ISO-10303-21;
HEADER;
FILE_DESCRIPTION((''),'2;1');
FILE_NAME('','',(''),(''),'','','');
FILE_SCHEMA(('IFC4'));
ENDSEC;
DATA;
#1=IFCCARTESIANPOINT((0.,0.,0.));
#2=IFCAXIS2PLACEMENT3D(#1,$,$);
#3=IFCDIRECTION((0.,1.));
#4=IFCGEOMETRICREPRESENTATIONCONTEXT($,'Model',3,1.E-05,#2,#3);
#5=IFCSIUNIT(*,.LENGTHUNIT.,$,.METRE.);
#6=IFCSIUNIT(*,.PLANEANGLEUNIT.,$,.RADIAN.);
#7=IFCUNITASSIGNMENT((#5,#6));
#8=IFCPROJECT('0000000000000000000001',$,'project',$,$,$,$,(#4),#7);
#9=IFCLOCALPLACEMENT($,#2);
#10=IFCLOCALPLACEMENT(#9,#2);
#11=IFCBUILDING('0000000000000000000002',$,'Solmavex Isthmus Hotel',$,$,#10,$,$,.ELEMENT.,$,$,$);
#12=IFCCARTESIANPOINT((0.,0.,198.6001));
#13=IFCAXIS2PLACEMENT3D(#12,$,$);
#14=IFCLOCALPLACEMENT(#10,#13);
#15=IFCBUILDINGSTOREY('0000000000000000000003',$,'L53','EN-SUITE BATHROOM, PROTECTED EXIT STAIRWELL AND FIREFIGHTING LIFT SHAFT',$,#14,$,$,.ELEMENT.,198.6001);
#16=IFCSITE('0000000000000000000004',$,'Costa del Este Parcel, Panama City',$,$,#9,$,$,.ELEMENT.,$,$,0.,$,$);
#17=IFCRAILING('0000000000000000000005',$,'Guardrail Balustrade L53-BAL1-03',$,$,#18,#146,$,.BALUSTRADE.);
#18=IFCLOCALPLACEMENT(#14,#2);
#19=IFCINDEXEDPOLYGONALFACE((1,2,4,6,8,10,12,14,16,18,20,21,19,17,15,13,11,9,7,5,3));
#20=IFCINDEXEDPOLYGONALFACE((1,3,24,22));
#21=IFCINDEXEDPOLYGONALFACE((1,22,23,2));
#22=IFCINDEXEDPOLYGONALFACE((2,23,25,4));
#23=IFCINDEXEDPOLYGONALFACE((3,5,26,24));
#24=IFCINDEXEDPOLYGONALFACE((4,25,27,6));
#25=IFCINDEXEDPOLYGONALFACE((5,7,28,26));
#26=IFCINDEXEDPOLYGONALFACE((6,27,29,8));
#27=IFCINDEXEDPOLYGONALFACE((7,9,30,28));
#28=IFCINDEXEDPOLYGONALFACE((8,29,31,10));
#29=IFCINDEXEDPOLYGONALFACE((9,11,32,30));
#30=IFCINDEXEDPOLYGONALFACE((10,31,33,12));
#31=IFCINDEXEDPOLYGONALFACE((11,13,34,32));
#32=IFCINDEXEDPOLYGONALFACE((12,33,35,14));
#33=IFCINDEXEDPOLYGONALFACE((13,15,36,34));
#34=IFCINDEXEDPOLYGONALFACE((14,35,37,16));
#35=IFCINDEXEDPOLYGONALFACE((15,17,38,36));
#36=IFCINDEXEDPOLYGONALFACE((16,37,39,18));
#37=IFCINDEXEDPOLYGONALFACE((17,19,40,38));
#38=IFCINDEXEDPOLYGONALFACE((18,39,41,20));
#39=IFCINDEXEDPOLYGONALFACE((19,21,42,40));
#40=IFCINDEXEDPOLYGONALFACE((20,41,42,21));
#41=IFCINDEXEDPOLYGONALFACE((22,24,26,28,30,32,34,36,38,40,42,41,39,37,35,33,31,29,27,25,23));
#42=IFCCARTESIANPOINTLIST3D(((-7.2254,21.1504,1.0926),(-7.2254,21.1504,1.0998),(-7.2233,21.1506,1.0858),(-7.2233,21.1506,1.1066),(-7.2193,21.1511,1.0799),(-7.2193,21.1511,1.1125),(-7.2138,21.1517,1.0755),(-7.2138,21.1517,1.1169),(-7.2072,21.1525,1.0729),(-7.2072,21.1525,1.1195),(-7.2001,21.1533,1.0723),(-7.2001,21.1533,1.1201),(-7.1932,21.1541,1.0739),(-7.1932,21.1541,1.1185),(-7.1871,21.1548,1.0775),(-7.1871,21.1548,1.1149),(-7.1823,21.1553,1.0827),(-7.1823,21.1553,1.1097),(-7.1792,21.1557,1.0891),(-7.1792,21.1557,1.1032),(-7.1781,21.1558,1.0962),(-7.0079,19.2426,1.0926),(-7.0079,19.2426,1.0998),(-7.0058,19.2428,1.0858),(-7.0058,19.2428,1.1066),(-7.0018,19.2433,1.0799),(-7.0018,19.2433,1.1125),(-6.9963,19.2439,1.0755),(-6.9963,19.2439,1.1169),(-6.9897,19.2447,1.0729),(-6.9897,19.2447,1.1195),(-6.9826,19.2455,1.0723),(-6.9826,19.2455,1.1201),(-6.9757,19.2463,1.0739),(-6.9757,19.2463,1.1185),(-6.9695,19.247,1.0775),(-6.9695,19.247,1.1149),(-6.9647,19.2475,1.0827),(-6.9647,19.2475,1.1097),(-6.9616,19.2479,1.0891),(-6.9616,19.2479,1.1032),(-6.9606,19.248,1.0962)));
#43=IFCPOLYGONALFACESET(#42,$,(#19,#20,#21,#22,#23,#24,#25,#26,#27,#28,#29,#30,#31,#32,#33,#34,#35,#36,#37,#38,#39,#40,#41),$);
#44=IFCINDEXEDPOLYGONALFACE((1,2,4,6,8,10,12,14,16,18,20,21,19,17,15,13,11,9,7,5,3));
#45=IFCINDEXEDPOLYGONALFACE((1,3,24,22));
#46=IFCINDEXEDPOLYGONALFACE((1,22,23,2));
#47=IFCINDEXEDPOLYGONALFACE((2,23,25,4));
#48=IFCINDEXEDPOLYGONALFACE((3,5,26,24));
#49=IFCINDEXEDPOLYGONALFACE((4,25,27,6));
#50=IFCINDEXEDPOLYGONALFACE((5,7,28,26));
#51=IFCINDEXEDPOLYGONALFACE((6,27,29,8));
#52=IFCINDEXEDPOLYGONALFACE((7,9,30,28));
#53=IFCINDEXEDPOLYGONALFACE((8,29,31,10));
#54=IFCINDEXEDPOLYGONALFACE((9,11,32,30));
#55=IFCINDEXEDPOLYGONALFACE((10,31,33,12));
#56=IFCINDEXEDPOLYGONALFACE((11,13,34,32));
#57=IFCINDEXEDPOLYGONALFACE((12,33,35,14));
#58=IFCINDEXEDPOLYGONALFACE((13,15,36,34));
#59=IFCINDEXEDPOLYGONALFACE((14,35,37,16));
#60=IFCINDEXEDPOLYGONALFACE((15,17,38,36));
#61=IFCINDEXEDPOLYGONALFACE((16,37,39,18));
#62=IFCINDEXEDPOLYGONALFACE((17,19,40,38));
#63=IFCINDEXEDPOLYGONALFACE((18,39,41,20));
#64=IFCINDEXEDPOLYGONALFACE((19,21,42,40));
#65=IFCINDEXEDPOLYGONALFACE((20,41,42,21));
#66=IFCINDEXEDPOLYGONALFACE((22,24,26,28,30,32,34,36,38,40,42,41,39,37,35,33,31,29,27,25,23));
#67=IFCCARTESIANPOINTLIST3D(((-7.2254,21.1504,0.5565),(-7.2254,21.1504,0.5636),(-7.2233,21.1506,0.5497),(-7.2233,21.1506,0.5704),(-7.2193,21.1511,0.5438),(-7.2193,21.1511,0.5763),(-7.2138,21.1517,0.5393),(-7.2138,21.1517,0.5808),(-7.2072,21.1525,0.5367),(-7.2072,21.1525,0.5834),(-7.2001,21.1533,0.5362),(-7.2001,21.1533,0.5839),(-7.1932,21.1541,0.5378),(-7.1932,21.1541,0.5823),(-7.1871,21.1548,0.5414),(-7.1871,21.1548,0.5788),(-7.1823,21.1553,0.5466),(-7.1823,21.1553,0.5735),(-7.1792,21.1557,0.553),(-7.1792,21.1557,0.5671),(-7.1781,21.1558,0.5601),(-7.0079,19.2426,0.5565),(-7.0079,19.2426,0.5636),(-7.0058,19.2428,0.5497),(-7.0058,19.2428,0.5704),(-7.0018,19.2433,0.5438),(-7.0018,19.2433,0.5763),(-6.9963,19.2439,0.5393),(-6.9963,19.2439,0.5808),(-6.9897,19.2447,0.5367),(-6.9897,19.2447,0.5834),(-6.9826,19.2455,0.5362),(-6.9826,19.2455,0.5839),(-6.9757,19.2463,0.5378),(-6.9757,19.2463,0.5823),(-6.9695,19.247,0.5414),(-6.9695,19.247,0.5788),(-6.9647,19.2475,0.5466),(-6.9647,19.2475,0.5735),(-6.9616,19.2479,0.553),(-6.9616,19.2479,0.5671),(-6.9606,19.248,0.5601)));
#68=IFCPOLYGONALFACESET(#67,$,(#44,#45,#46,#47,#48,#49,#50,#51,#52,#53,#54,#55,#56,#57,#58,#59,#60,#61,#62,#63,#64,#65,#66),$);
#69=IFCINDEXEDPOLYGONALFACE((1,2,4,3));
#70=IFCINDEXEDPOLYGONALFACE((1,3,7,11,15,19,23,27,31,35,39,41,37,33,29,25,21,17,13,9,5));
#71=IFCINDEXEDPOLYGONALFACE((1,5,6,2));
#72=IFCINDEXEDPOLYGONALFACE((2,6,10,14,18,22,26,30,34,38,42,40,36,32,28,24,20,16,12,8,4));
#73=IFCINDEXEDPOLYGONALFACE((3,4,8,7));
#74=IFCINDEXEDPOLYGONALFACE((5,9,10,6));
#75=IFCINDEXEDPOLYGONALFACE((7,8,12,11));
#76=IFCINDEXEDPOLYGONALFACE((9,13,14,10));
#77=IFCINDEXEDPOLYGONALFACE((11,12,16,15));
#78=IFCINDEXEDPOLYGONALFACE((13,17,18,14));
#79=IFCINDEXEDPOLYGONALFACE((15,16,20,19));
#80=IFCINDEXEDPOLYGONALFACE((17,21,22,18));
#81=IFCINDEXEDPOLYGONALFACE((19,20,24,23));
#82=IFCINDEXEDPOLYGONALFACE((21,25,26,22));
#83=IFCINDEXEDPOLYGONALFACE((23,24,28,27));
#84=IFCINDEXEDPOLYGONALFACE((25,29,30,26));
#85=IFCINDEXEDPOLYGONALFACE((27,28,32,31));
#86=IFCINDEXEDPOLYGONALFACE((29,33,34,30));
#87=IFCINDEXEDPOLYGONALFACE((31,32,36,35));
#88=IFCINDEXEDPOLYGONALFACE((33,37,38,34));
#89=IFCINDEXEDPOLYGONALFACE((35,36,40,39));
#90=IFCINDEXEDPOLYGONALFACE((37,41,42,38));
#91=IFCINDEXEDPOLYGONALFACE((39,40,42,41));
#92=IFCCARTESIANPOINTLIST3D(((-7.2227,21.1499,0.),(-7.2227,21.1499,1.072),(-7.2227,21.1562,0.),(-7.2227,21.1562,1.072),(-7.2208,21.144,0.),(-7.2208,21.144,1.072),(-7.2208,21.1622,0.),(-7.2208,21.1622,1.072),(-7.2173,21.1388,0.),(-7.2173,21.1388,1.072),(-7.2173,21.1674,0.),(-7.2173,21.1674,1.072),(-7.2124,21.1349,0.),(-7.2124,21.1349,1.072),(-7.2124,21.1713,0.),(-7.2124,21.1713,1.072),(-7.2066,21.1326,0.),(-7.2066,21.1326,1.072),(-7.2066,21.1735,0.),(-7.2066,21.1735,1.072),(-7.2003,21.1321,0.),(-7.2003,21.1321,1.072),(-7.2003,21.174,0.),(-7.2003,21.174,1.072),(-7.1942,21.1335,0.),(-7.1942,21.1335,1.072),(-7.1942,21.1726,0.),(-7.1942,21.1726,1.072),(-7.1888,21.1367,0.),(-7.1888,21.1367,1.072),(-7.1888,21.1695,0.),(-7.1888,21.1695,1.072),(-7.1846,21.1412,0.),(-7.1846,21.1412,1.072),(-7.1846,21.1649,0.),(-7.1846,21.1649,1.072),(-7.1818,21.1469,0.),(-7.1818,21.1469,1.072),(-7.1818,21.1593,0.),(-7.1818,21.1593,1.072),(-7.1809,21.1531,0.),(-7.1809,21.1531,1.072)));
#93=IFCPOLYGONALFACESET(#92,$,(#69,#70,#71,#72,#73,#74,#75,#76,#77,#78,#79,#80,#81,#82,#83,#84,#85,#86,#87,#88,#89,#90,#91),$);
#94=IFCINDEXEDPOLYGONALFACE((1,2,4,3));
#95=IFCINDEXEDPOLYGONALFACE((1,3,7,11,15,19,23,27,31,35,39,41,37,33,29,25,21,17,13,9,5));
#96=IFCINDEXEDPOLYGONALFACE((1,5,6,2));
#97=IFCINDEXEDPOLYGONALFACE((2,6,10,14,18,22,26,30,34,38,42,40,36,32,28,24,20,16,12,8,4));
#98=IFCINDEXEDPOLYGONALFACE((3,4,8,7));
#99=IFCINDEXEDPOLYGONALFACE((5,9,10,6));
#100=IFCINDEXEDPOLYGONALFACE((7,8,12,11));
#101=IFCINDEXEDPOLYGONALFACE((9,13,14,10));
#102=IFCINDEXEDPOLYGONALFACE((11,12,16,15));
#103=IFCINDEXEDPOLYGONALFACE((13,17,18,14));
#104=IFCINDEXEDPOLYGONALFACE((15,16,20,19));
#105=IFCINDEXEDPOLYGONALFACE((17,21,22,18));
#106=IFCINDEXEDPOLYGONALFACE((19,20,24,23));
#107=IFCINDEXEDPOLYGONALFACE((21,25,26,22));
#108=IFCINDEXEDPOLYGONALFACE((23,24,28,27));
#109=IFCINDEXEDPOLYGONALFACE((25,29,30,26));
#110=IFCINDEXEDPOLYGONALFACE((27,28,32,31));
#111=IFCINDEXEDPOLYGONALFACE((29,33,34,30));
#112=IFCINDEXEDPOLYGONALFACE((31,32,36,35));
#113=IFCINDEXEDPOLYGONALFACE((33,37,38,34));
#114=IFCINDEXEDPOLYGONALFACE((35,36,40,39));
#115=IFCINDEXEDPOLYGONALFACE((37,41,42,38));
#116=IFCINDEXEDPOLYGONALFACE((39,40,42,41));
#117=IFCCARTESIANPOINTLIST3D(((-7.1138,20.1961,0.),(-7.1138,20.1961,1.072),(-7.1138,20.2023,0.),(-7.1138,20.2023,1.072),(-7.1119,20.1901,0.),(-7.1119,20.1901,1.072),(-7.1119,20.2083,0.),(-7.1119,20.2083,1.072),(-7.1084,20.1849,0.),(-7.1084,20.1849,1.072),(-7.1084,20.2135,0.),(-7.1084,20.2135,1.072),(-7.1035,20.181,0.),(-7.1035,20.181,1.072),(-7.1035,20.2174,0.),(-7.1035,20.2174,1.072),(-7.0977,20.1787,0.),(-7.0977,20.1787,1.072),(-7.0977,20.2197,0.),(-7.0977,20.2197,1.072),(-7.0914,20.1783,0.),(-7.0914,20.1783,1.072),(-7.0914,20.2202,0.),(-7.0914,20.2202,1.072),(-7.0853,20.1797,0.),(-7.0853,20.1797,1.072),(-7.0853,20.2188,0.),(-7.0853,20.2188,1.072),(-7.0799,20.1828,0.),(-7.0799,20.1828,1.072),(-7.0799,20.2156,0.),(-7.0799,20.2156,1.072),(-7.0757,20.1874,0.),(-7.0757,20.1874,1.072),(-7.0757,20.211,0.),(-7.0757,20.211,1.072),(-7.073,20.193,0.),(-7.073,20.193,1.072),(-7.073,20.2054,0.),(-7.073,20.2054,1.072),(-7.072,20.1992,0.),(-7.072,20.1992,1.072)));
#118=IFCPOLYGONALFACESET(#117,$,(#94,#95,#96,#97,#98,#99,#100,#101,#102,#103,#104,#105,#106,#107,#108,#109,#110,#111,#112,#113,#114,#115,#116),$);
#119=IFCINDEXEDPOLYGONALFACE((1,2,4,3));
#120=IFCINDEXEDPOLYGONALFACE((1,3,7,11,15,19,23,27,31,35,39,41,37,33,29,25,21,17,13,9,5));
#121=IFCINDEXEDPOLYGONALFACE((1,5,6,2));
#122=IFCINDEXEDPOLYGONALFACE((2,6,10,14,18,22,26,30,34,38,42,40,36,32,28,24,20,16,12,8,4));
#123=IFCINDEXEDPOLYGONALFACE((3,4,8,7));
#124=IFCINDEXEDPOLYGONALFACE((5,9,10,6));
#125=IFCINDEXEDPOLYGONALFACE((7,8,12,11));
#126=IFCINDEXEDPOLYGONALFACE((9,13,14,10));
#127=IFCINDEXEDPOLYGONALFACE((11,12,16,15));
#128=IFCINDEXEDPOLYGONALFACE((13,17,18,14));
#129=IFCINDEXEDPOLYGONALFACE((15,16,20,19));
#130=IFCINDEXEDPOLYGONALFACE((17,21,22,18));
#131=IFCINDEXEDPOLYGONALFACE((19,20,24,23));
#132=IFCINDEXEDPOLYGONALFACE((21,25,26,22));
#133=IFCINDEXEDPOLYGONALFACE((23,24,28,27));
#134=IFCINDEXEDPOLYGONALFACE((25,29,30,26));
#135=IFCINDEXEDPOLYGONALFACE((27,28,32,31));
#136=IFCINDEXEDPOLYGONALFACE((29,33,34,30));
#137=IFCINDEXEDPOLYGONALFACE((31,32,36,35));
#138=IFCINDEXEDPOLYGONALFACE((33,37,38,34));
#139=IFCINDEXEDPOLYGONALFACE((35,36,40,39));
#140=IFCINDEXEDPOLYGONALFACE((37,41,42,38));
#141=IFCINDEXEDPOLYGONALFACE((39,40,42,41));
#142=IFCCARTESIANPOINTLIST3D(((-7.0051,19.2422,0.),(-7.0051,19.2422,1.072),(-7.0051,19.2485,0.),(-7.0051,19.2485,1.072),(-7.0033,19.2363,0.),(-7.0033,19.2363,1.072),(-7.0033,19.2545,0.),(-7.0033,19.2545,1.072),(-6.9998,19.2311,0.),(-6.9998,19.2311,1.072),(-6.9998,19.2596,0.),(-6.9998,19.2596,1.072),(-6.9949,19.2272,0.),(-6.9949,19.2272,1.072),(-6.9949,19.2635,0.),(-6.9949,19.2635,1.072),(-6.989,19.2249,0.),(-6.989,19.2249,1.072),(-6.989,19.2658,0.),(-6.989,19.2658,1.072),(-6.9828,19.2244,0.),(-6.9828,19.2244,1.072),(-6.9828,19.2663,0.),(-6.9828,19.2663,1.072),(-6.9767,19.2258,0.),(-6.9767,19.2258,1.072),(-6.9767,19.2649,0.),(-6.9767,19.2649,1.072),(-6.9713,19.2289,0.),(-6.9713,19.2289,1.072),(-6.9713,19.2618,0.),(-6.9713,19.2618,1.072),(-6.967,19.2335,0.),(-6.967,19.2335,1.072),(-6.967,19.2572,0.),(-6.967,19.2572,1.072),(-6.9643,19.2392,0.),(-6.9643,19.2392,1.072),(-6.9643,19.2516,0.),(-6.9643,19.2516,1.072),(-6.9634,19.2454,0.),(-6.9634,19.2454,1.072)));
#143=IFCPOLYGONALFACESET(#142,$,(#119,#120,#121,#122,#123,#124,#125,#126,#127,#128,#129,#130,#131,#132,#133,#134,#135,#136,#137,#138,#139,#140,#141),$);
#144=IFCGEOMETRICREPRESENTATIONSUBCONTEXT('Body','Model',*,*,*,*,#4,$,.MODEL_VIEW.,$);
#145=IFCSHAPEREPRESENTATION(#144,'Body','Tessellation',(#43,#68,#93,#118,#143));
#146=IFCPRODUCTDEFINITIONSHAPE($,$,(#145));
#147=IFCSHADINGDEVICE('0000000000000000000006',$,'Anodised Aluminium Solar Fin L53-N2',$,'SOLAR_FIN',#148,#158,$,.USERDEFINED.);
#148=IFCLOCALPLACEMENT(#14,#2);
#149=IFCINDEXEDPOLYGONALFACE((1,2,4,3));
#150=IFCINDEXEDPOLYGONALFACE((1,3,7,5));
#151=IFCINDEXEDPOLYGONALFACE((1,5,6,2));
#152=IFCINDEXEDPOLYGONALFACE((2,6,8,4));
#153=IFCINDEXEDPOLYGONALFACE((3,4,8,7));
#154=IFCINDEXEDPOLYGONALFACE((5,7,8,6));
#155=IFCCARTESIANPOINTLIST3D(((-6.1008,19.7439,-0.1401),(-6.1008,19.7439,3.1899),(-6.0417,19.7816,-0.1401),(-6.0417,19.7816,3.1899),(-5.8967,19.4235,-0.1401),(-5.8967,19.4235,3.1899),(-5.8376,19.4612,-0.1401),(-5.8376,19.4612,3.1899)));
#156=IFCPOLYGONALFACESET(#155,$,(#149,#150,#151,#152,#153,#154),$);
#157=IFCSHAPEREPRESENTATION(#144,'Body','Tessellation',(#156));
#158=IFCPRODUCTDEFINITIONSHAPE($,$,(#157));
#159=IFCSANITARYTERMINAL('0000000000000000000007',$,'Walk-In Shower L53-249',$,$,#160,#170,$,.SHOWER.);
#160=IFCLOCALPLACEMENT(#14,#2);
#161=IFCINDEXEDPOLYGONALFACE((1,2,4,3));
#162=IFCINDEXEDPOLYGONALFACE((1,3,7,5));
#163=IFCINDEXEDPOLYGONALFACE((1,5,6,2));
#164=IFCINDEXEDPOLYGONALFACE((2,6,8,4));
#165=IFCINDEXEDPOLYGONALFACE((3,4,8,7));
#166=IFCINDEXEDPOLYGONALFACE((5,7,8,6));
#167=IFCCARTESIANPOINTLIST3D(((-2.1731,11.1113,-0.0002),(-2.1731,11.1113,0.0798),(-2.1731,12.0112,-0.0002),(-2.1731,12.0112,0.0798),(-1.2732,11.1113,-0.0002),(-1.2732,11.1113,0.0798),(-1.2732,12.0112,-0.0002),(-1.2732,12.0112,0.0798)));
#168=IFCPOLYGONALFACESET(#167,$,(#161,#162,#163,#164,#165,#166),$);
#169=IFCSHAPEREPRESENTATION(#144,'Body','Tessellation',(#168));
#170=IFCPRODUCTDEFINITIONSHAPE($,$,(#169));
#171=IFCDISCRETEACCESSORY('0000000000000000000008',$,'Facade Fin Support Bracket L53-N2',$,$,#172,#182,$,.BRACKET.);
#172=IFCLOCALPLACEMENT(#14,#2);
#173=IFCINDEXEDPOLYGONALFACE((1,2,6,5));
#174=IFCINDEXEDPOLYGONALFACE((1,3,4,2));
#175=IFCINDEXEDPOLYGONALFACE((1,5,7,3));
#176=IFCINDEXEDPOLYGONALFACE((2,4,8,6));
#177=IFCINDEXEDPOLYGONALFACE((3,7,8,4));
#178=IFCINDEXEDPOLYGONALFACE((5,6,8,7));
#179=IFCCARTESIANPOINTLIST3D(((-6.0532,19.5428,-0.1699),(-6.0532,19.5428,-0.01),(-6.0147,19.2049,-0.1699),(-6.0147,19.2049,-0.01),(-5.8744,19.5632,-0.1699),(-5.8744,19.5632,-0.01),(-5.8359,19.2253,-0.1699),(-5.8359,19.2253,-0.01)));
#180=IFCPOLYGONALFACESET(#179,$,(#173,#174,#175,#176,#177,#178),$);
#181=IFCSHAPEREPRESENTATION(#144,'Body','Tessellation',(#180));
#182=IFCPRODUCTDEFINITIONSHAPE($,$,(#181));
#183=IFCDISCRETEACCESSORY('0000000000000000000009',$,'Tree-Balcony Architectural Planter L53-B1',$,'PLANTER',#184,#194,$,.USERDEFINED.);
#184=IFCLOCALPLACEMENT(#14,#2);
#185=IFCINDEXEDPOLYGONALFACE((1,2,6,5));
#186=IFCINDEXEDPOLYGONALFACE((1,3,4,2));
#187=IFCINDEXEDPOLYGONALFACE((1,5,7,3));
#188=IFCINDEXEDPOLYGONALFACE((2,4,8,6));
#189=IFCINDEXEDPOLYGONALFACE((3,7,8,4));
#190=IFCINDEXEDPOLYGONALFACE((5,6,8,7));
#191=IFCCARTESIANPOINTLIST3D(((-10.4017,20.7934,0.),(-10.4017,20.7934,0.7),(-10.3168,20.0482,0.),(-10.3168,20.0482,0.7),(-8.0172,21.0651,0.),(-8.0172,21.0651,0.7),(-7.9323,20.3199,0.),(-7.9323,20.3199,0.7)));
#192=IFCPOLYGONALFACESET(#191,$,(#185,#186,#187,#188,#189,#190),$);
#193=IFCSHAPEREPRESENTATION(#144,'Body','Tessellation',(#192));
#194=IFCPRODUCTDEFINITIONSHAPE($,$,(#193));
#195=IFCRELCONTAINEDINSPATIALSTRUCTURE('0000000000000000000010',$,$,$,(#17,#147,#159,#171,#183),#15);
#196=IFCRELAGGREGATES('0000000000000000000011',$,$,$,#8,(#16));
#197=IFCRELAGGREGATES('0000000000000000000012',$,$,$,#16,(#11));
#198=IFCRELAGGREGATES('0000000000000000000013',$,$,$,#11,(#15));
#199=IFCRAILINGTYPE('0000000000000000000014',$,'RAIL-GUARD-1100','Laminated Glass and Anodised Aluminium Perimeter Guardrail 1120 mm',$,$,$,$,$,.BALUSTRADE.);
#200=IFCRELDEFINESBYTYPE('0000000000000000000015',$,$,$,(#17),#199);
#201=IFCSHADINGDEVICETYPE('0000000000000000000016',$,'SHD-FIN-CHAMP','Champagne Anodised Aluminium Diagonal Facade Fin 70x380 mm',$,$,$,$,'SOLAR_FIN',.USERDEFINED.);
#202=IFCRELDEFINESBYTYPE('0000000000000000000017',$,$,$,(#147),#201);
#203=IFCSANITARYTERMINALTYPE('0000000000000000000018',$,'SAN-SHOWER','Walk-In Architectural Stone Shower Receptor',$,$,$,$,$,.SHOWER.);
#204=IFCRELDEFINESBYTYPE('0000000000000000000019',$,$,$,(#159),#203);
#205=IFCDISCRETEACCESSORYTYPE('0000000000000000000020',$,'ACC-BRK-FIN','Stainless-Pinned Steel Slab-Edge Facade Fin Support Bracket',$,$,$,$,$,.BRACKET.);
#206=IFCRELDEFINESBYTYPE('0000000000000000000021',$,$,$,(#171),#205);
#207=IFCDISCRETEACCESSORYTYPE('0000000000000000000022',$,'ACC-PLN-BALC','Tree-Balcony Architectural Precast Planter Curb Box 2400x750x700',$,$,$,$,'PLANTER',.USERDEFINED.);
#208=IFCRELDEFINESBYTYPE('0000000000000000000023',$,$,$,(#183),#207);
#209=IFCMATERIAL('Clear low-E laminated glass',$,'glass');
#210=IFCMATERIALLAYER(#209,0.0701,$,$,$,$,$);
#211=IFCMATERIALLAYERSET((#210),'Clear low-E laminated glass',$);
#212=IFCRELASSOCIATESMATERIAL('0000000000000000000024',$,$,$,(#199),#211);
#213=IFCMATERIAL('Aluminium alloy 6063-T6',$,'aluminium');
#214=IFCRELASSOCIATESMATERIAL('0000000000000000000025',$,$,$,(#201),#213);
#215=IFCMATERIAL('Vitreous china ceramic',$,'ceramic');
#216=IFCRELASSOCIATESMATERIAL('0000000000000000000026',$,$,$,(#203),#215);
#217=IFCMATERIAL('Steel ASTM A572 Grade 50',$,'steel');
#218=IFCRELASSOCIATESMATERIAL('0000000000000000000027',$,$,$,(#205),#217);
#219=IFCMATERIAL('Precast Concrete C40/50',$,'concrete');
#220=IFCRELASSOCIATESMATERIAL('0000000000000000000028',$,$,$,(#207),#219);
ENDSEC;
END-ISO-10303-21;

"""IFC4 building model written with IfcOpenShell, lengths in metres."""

from ifc_helpers import new_model, si_unit, direction, frame, origin, origin_2d, place, context, subcontext, project, spatial, rectangle, circle, extrude, material, layer, layer_set, type_object, element, save


model = new_model("IFC4")

# Units and contexts
model_context = context("Model", 3, precision=1e-05, world=origin(), true_north=direction((0.0, 1.0)))
body_context = subcontext(model_context, "Body", "Model", "MODEL_VIEW")
ifc_project = project(units=[si_unit("LENGTHUNIT", "METRE"), si_unit("PLANEANGLEUNIT", "RADIAN")], contexts=[model_context])

# Site, building, storey
site_placement = place(None, origin())
site = spatial("IfcSite", under=ifc_project, at=site_placement, Name="Costa del Este Parcel, Panama City", CompositionType="ELEMENT", RefElevation=0.0)
building_placement = place(site_placement, origin())
building = spatial("IfcBuilding", under=site, at=building_placement, Name="Solmavex Isthmus Hotel", CompositionType="ELEMENT")
storey_placement = place(building_placement, frame((0.0, 0.0, 198.6001)))
storey = spatial("IfcBuildingStorey", under=building, at=storey_placement, Name="L53", Description="EN-SUITE BATHROOM, PROTECTED EXIT STAIRWELL AND FIREFIGHTING LIFT SHAFT", CompositionType="ELEMENT", Elevation=198.6001)

# Shared definitions
ifc_material_1 = material(Name="Aluminium alloy 6063-T6", Category="aluminium")

# Shared definitions
ifc_material_2 = material(Name="Clear low-E laminated glass", Category="glass")

# Shared definitions
ifc_material_3 = material(Name="Precast Concrete C40/50", Category="concrete")

# Railing
ifc_layer_1 = layer(ifc_material_2, 0.0701)
ifc_layer_set_1 = layer_set([ifc_layer_1], Name="Clear low-E laminated glass")
railing_type = type_object("IfcRailingType", Name="RAIL-GUARD-1100", Description="Laminated Glass and Anodised Aluminium Perimeter Guardrail 1120 mm", PredefinedType="BALUSTRADE", material=ifc_layer_set_1)
railing_1_placement = place(storey_placement, frame((-7.2019, 21.1531, 0.0)))
element("IfcRailing", 1, at=railing_1_placement, inside=storey, type_object=railing_type, Name="Guardrail Balustrade L53-BAL1-03", PredefinedType="BALUSTRADE", context=body_context, shape_type="SweptSolid", body=[
    extrude(circle(Radius=0.0239, at=origin_2d()), frame((0.0, 0.0, 1.0962), z_axis=(0.113292, -0.993562, 0.0), x_axis=(0.993562, 0.113292, 0.0)), (0.0, 0.0, 1.0), 1.9202),
    extrude(circle(Radius=0.0239, at=origin_2d()), frame((0.0, 0.0, 0.5601), z_axis=(0.113292, -0.993562, 0.0), x_axis=(0.993562, 0.113292, 0.0)), (0.0, 0.0, 1.0), 1.9202),
    extrude(circle(Radius=0.021, at=origin_2d()), origin(), (0.0, 0.0, 1.0), 1.072),
    extrude(circle(Radius=0.021, at=origin_2d()), frame((0.1089, -0.9539, 0.0)), (0.0, 0.0, 1.0), 1.072),
    extrude(circle(Radius=0.021, at=origin_2d()), frame((0.2175, -1.9077, 0.0)), (0.0, 0.0, 1.0), 1.072),
])

# Shading device
shading_device_type = type_object("IfcShadingDeviceType", Name="SHD-FIN-CHAMP", Description="Champagne Anodised Aluminium Diagonal Facade Fin 70x380 mm", ElementType="SOLAR_FIN", PredefinedType="USERDEFINED", material=ifc_material_1)
shading_device_placement = place(storey_placement, frame((-5.9692, 19.6025, -0.1401), z_axis=(0.0, 0.0, 1.0), x_axis=(-0.5373, 0.843391, 0.0)))
element("IfcShadingDevice", 2, at=shading_device_placement, inside=storey, type_object=shading_device_type, Name="Anodised Aluminium Solar Fin L53-N2", ObjectType="SOLAR_FIN", PredefinedType="USERDEFINED", context=body_context, shape_type="SweptSolid", body=[
    extrude(rectangle(XDim=0.3799, YDim=0.0701, at=origin_2d()), origin(), (0.0, 0.0, 1.0), 3.3301),
])

# Sanitary terminal
ifc_material_4 = material(Name="Vitreous china ceramic", Category="ceramic")
sanitary_terminal_type = type_object("IfcSanitaryTerminalType", Name="SAN-SHOWER", Description="Walk-In Architectural Stone Shower Receptor", PredefinedType="SHOWER", material=ifc_material_4)
sanitary_terminal_placement = place(storey_placement, frame((-1.7231, 11.5613, -0.0002), z_axis=(0.0, 0.0, 1.0), x_axis=(1.0, 0.0, 0.0)))
element("IfcSanitaryTerminal", 3, at=sanitary_terminal_placement, inside=storey, type_object=sanitary_terminal_type, Name="Walk-In Shower L53-249", PredefinedType="SHOWER", context=body_context, shape_type="SweptSolid", body=[
    extrude(rectangle(XDim=0.8999, YDim=0.8999, at=origin_2d()), origin(), (0.0, 0.0, 1.0), 0.0801),
])

# Discrete accessories
ifc_material_5 = material(Name="Steel ASTM A572 Grade 50", Category="steel")
discrete_accessory_type_1 = type_object("IfcDiscreteAccessoryType", Name="ACC-BRK-FIN", Description="Stainless-Pinned Steel Slab-Edge Facade Fin Support Bracket", PredefinedType="BRACKET", material=ifc_material_5)
discrete_accessory_1_placement = place(storey_placement, frame((-5.9446, 19.384, -0.1699), z_axis=(0.0, 0.0, 1.0), x_axis=(-0.113203, 0.993572, 0.0)))
element("IfcDiscreteAccessory", 4, at=discrete_accessory_1_placement, inside=storey, type_object=discrete_accessory_type_1, Name="Facade Fin Support Bracket L53-N2", PredefinedType="BRACKET", context=body_context, shape_type="SweptSolid", body=[
    extrude(rectangle(XDim=0.3401, YDim=0.1799, at=origin_2d()), origin(), (0.0, 0.0, 1.0), 0.1599),
])
discrete_accessory_type_2 = type_object("IfcDiscreteAccessoryType", Name="ACC-PLN-BALC", Description="Tree-Balcony Architectural Precast Planter Curb Box 2400x750x700", ElementType="PLANTER", PredefinedType="USERDEFINED", material=ifc_material_3)
discrete_accessory_2_placement = place(storey_placement, frame((-9.167, 20.5566, 0.0), z_axis=(0.0, 0.0, 1.0), x_axis=(0.993572, 0.113203, 0.0)))
element("IfcDiscreteAccessory", 5, at=discrete_accessory_2_placement, inside=storey, type_object=discrete_accessory_type_2, Name="Tree-Balcony Architectural Planter L53-B1", ObjectType="PLANTER", PredefinedType="USERDEFINED", context=body_context, shape_type="SweptSolid", body=[
    extrude(rectangle(XDim=2.3999, YDim=0.75, at=origin_2d()), origin(), (0.0, 0.0, 1.0), 0.7),
])

save(model, "model.ifc")
